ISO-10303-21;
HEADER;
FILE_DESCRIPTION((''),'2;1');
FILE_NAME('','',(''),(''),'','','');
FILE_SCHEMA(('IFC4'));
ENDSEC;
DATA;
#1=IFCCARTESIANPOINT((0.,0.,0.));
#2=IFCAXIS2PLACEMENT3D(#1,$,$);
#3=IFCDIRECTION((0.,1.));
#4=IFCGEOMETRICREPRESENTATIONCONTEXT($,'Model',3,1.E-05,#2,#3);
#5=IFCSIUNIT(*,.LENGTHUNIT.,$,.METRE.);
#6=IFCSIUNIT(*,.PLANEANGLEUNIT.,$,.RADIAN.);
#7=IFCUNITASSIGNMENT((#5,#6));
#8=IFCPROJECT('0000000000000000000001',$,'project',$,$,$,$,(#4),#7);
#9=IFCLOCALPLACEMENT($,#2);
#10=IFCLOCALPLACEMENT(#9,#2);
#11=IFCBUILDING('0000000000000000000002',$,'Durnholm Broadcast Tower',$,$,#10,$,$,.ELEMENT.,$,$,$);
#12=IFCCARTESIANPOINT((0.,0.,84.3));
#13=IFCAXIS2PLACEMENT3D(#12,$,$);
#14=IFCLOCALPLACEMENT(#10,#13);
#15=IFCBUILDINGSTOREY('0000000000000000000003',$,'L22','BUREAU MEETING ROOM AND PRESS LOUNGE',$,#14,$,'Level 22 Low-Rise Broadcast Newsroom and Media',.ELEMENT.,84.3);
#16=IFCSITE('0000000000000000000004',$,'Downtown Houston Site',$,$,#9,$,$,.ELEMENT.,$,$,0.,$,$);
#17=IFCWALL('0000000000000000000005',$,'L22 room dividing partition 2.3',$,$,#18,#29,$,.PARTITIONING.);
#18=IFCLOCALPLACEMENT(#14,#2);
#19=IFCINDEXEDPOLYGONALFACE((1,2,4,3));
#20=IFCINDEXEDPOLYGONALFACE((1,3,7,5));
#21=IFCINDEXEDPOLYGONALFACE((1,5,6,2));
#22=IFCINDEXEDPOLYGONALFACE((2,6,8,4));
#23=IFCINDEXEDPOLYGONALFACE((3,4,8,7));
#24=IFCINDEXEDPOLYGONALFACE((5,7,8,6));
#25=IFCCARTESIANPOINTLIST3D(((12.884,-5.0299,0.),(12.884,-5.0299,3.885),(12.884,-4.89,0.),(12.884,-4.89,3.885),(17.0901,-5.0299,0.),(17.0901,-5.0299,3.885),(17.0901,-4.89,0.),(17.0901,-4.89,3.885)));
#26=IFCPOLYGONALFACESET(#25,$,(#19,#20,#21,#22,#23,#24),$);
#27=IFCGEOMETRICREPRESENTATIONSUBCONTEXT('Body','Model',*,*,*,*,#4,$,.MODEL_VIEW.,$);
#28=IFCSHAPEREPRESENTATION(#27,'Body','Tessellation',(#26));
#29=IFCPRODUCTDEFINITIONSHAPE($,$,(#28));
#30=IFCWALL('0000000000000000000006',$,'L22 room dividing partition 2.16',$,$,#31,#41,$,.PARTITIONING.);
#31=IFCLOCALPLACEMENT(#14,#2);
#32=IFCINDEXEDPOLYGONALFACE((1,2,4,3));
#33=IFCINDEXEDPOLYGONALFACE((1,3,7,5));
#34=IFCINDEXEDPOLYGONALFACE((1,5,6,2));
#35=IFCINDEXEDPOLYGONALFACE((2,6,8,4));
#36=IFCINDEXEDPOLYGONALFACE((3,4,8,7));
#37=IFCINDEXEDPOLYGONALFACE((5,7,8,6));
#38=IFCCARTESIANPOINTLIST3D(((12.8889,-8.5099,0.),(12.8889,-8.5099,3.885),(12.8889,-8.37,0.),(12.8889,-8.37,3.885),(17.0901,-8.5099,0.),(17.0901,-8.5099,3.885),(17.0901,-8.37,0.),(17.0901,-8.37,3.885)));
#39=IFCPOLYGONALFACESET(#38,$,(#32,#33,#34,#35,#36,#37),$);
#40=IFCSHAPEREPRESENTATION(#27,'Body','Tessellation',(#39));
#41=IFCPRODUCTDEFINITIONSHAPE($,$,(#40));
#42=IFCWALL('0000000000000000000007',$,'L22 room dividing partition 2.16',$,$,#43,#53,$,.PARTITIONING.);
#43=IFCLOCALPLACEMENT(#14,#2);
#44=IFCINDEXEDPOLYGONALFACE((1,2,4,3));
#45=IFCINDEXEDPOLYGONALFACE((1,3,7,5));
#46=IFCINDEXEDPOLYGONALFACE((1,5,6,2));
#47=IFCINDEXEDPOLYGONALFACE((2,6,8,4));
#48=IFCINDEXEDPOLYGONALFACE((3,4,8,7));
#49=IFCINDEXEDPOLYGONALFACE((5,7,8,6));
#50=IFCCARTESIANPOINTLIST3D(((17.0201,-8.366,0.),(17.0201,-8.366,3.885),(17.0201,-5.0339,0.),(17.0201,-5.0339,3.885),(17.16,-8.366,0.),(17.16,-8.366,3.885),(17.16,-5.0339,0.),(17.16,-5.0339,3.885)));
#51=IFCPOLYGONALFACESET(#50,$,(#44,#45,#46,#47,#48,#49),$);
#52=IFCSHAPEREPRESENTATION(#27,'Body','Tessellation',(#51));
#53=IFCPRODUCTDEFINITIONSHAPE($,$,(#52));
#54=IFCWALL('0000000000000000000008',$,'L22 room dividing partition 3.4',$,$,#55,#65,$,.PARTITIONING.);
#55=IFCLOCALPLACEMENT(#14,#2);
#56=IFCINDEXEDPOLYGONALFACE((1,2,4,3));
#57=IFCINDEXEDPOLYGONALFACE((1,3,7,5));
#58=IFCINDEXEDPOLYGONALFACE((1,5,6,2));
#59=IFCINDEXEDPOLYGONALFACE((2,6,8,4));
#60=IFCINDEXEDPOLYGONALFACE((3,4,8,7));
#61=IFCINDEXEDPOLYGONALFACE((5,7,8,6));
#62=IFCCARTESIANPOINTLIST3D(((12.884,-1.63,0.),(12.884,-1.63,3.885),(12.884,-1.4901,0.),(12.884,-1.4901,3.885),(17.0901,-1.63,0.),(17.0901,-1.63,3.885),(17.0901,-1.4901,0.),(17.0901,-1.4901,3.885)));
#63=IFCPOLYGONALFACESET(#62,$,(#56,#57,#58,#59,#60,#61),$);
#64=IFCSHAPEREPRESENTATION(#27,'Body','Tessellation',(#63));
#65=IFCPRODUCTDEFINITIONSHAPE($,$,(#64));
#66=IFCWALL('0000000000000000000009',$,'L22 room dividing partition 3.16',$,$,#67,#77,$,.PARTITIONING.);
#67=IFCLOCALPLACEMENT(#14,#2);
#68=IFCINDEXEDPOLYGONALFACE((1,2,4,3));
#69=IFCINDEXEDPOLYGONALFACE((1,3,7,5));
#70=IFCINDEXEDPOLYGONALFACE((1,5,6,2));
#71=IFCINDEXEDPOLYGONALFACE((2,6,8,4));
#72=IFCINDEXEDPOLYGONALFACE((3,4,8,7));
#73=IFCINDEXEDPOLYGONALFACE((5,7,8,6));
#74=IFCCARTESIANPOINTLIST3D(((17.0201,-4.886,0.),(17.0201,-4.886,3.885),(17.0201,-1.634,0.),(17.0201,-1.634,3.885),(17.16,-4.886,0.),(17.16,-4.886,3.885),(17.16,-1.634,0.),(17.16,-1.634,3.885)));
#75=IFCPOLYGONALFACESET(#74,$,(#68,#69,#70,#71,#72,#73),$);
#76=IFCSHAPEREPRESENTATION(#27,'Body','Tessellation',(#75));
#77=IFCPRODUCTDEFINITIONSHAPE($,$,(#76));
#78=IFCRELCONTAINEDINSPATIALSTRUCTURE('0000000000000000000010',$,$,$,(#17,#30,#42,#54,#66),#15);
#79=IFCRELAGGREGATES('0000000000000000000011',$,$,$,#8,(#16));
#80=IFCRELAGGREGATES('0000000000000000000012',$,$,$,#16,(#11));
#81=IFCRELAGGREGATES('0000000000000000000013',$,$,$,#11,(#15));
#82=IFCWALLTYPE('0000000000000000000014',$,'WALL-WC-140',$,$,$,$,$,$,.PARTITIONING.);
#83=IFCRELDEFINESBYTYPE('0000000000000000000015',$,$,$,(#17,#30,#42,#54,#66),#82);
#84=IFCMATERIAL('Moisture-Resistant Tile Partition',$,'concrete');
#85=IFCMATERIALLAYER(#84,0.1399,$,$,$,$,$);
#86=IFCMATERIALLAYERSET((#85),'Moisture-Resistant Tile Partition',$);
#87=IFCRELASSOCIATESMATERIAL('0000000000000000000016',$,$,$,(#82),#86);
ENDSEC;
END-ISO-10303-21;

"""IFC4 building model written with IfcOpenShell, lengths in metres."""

from ifc_helpers import new_model, si_unit, direction, frame, frame_2d, origin, place, context, subcontext, project, spatial, rectangle, extrude, material, layer, layer_set, type_object, element, save


model = new_model("IFC4")

# Units and contexts
model_context = context("Model", 3, precision=1e-05, world=origin(), true_north=direction((0.0, 1.0)))
body_context = subcontext(model_context, "Body", "Model", "MODEL_VIEW")
ifc_project = project(units=[si_unit("LENGTHUNIT", "METRE"), si_unit("PLANEANGLEUNIT", "RADIAN")], contexts=[model_context])

# Site, building, storey
site_placement = place(None, origin())
site = spatial("IfcSite", under=ifc_project, at=site_placement, Name="Downtown Houston Site", CompositionType="ELEMENT", RefElevation=0.0)
building_placement = place(site_placement, origin())
building = spatial("IfcBuilding", under=site, at=building_placement, Name="Durnholm Broadcast Tower", CompositionType="ELEMENT")
storey_placement = place(building_placement, frame((0.0, 0.0, 84.3)))
storey = spatial("IfcBuildingStorey", under=building, at=storey_placement, Name="L22", Description="BUREAU MEETING ROOM AND PRESS LOUNGE", LongName="Level 22 Low-Rise Broadcast Newsroom and Media", CompositionType="ELEMENT", Elevation=84.3)

# Shared definitions
ifc_material_1 = material(Name="Moisture-Resistant Tile Partition", Category="concrete")
ifc_layer_1 = layer(ifc_material_1, 0.1399)
ifc_layer_set_1 = layer_set([ifc_layer_1], Name="Moisture-Resistant Tile Partition")
wall_type = type_object("IfcWallType", Name="WALL-WC-140", PredefinedType="PARTITIONING", material=ifc_layer_set_1)

# Walls
wall_1_placement = place(storey_placement, frame((12.884, -4.96, 0.0), z_axis=(0.0, 0.0, 1.0), x_axis=(1.0, 0.0, 0.0)))
element("IfcWall", 1, at=wall_1_placement, inside=storey, type_object=wall_type, Name="L22 room dividing partition 2.3", PredefinedType="PARTITIONING", context=body_context, shape_type="SweptSolid", body=[
    extrude(rectangle(XDim=4.2061, YDim=0.1399, at=frame_2d((2.103, 0.0))), origin(), (0.0, 0.0, 1.0), 3.885),
])
wall_2_placement = place(storey_placement, frame((17.0901, -8.4399, 0.0), z_axis=(0.0, 0.0, 1.0), x_axis=(-1.0, 0.0, 0.0)))
element("IfcWall", 2, at=wall_2_placement, inside=storey, type_object=wall_type, Name="L22 room dividing partition 2.16", PredefinedType="PARTITIONING", context=body_context, shape_type="SweptSolid", body=[
    extrude(rectangle(XDim=4.2012, YDim=0.1399, at=frame_2d((2.1006, 0.0))), origin(), (0.0, 0.0, 1.0), 3.885),
])
wall_3_placement = place(storey_placement, frame((17.0901, -5.0339, 0.0), z_axis=(0.0, 0.0, 1.0), x_axis=(0.0, -1.0, 0.0)))
element("IfcWall", 3, at=wall_3_placement, inside=storey, type_object=wall_type, Name="L22 room dividing partition 2.16", PredefinedType="PARTITIONING", context=body_context, shape_type="SweptSolid", body=[
    extrude(rectangle(XDim=3.332, YDim=0.1399, at=frame_2d((1.666, 0.0))), origin(), (0.0, 0.0, 1.0), 3.885),
])
wall_4_placement = place(storey_placement, frame((12.884, -1.5601, 0.0), z_axis=(0.0, 0.0, 1.0), x_axis=(1.0, 0.0, 0.0)))
element("IfcWall", 4, at=wall_4_placement, inside=storey, type_object=wall_type, Name="L22 room dividing partition 3.4", PredefinedType="PARTITIONING", context=body_context, shape_type="SweptSolid", body=[
    extrude(rectangle(XDim=4.2061, YDim=0.1399, at=frame_2d((2.103, 0.0))), origin(), (0.0, 0.0, 1.0), 3.885),
])
wall_5_placement = place(storey_placement, frame((17.0901, -1.634, 0.0), z_axis=(0.0, 0.0, 1.0), x_axis=(0.0, -1.0, 0.0)))
element("IfcWall", 5, at=wall_5_placement, inside=storey, type_object=wall_type, Name="L22 room dividing partition 3.16", PredefinedType="PARTITIONING", context=body_context, shape_type="SweptSolid", body=[
    extrude(rectangle(XDim=3.252, YDim=0.1399, at=frame_2d((1.626, 0.0))), origin(), (0.0, 0.0, 1.0), 3.885),
])

save(model, "model.ifc")
